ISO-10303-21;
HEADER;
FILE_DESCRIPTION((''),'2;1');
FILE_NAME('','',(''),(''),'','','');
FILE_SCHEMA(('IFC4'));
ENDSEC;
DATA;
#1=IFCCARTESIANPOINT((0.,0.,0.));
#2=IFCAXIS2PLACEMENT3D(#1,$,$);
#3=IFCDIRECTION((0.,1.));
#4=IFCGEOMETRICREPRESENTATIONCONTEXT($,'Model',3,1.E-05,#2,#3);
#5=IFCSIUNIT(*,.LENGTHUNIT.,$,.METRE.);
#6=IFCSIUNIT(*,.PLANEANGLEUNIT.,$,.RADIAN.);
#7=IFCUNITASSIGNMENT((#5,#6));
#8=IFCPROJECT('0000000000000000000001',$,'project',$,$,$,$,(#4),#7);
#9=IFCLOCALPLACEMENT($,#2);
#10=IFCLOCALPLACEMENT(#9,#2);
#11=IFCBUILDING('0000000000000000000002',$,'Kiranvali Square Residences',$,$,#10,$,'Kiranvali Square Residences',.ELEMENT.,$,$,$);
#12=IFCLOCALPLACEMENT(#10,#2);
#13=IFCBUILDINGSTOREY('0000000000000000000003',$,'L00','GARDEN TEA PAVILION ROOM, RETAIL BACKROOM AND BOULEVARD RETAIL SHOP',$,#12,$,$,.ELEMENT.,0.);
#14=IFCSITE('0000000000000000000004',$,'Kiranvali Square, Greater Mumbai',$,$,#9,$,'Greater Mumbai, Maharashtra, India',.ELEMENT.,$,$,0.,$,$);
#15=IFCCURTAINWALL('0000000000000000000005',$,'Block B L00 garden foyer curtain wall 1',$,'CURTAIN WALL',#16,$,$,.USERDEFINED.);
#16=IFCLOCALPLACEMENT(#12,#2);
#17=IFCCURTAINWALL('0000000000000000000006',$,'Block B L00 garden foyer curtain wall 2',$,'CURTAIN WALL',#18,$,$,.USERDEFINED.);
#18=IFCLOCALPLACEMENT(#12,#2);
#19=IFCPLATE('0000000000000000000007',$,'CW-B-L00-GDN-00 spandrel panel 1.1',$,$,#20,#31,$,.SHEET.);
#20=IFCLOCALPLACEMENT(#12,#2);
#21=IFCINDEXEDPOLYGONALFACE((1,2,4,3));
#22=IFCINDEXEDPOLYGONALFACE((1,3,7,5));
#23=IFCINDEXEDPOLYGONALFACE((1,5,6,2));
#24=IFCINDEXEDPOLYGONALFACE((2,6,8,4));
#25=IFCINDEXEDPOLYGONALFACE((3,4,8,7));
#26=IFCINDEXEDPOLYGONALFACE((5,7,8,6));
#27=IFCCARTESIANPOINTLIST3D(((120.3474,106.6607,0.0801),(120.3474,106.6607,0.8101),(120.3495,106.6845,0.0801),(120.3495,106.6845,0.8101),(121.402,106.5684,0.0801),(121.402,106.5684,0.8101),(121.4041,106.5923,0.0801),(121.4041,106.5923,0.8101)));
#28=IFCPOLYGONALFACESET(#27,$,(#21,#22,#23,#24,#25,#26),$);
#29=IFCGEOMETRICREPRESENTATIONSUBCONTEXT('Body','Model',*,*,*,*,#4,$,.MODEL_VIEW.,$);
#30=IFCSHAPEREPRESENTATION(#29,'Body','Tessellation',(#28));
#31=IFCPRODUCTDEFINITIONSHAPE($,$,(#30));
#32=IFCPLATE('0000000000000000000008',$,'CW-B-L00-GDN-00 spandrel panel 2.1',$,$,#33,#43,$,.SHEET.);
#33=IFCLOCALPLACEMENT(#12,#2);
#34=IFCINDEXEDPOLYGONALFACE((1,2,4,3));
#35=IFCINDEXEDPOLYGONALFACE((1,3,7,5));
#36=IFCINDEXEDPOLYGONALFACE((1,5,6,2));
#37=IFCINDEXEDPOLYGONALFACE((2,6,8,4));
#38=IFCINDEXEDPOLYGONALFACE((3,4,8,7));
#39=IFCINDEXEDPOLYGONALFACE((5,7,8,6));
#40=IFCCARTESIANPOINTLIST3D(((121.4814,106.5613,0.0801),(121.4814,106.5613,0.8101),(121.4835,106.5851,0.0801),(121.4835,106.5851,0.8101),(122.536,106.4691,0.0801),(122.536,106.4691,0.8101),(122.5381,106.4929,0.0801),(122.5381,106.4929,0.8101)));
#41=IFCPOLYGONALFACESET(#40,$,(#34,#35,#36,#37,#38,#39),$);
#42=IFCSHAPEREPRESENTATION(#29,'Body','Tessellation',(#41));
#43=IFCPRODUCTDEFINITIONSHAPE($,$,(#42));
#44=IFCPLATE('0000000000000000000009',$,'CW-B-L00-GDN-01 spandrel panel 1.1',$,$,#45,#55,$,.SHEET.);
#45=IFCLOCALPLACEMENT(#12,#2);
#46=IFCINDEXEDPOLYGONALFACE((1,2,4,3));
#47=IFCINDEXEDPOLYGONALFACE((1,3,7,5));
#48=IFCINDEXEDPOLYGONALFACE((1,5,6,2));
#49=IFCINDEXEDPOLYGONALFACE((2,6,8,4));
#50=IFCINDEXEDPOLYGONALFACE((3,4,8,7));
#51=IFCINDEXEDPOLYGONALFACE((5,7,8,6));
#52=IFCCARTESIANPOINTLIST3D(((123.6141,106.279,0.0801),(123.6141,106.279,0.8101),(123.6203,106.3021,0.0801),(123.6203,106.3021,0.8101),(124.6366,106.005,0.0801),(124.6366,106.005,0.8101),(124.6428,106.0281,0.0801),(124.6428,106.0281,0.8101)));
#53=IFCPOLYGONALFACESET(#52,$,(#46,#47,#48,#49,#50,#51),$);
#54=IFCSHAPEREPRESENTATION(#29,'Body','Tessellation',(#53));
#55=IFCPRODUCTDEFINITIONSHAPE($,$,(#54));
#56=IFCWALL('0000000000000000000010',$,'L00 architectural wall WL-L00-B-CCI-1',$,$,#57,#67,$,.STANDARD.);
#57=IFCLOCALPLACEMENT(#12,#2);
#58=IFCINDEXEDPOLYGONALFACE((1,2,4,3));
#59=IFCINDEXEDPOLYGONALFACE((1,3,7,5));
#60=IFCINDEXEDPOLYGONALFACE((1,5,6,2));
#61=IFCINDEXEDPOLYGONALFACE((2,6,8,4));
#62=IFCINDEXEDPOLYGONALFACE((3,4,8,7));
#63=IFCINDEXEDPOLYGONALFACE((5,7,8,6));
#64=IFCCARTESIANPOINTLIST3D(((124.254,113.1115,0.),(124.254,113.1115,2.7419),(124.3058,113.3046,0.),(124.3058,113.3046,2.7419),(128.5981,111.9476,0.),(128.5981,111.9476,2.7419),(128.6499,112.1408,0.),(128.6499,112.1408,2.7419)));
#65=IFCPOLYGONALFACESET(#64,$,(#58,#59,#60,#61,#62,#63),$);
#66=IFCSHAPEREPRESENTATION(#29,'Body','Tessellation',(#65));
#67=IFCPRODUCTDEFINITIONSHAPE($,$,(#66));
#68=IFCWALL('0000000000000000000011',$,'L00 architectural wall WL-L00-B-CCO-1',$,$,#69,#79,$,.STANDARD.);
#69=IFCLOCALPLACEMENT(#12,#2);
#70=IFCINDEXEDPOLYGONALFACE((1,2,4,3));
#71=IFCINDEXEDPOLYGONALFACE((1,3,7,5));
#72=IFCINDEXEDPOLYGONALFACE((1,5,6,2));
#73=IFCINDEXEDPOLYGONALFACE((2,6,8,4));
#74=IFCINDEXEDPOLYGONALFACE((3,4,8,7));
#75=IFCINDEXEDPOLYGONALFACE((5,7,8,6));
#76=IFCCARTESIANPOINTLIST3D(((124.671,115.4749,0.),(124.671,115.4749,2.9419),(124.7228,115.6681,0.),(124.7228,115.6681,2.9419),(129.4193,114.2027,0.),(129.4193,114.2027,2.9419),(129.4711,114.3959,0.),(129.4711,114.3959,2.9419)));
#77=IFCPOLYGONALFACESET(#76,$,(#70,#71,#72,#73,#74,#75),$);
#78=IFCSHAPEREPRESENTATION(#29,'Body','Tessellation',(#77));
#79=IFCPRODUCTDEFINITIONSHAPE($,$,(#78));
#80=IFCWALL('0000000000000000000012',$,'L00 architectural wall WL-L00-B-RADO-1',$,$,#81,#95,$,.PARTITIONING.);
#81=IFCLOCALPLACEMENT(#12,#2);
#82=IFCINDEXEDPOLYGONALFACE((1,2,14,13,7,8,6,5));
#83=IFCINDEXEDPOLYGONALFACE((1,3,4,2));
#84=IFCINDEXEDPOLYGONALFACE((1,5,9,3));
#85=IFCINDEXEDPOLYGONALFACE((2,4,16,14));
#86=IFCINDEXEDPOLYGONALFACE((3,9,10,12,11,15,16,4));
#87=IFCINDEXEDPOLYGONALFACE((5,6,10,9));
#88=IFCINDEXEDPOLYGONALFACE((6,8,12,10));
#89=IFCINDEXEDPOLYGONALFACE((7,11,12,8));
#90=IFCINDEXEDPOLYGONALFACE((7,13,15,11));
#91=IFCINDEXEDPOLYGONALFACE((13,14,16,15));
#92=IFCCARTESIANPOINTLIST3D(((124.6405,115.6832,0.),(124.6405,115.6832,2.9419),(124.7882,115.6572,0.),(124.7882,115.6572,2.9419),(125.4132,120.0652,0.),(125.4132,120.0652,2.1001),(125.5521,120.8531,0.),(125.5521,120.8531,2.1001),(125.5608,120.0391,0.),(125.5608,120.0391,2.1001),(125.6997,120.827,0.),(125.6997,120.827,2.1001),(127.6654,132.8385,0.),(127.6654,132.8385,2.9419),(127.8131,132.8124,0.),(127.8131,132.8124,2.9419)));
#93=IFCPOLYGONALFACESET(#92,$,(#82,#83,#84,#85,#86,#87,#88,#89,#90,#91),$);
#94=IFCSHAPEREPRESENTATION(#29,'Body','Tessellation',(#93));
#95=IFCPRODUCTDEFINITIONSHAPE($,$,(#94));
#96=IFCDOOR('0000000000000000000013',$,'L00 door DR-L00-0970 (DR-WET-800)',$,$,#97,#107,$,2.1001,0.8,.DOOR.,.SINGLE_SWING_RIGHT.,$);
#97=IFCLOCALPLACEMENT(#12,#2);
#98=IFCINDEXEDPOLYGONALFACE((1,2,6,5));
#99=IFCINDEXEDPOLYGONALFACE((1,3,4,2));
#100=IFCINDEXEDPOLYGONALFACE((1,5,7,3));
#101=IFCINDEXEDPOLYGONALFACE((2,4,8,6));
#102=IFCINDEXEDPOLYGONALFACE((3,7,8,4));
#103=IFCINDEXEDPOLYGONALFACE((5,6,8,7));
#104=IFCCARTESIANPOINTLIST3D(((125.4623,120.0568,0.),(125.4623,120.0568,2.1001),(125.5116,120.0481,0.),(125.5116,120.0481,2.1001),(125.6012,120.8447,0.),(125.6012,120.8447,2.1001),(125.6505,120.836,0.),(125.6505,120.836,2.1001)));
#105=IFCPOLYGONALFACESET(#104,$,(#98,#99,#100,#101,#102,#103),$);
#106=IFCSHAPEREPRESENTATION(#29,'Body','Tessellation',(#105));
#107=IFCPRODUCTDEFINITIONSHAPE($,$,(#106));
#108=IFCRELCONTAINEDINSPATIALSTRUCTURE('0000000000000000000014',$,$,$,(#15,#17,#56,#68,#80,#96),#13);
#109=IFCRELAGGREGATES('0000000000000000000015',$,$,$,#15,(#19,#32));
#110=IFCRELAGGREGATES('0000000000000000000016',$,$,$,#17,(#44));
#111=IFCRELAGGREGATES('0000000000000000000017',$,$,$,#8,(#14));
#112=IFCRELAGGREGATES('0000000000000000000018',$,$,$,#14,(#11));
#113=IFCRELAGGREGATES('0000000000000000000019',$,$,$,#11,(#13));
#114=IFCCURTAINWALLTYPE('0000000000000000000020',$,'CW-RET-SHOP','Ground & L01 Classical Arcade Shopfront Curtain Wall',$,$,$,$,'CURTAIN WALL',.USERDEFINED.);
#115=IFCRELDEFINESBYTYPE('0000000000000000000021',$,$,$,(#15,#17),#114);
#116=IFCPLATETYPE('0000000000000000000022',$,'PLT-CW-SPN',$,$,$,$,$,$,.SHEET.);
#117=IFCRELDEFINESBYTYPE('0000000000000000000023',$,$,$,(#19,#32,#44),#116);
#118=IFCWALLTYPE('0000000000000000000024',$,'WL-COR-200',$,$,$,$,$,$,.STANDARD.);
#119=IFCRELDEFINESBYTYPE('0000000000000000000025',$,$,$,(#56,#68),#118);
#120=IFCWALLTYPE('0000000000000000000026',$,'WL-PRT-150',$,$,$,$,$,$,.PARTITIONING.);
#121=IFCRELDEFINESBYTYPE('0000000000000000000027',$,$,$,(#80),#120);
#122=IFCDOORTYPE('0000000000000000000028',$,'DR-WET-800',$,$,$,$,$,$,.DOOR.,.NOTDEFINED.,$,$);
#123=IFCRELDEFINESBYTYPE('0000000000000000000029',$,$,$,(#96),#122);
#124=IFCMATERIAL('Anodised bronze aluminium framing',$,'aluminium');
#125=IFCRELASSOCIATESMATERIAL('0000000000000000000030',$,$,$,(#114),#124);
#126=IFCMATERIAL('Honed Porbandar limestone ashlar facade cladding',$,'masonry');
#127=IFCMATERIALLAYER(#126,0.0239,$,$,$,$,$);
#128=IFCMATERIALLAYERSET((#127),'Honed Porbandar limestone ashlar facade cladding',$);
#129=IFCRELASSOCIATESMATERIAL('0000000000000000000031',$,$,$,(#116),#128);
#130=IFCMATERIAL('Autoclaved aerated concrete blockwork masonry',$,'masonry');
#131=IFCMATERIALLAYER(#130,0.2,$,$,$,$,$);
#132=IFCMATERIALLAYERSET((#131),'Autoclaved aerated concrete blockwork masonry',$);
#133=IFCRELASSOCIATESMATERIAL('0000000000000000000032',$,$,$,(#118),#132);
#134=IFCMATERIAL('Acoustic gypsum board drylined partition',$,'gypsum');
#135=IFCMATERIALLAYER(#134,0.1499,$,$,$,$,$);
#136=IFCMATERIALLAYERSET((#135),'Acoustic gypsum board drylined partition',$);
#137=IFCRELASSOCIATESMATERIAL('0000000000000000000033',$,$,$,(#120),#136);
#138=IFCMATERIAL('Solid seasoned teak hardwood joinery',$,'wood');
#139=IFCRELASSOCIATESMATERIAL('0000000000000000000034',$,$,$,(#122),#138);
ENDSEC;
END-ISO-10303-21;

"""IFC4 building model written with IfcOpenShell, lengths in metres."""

from ifc_helpers import new_model, si_unit, direction, frame, frame_2d, origin, origin_2d, place, context, subcontext, project, spatial, rectangle, extrude, material, layer, layer_set, type_object, element, fill, aggregate, save


model = new_model("IFC4")

# Units and contexts
model_context = context("Model", 3, precision=1e-05, world=origin(), true_north=direction((0.0, 1.0)))
body_context = subcontext(model_context, "Body", "Model", "MODEL_VIEW")
ifc_project = project(units=[si_unit("LENGTHUNIT", "METRE"), si_unit("PLANEANGLEUNIT", "RADIAN")], contexts=[model_context])

# Site, building, storey
site_placement = place(None, origin())
site = spatial("IfcSite", under=ifc_project, at=site_placement, Name="Kiranvali Square, Greater Mumbai", LongName="Greater Mumbai, Maharashtra, India", CompositionType="ELEMENT", RefElevation=0.0)
building_placement = place(site_placement, origin())
building = spatial("IfcBuilding", under=site, at=building_placement, Name="Kiranvali Square Residences", LongName="Kiranvali Square Residences", CompositionType="ELEMENT")
storey_placement = place(building_placement, origin())
storey = spatial("IfcBuildingStorey", under=building, at=storey_placement, Name="L00", Description="GARDEN TEA PAVILION ROOM, RETAIL BACKROOM AND BOULEVARD RETAIL SHOP", CompositionType="ELEMENT", Elevation=0.0)

# Curtain walls
ifc_material_1 = material(Name="Anodised bronze aluminium framing", Category="aluminium")
curtain_wall_type = type_object("IfcCurtainWallType", Name="CW-RET-SHOP", Description="Ground & L01 Classical Arcade Shopfront Curtain Wall", ElementType="CURTAIN WALL", PredefinedType="USERDEFINED", material=ifc_material_1)
curtain_wall_1_placement = place(storey_placement, origin())
curtain_wall_1 = element("IfcCurtainWall", 1, at=curtain_wall_1_placement, inside=storey, type_object=curtain_wall_type, Name="Block B L00 garden foyer curtain wall 1", ObjectType="CURTAIN WALL", PredefinedType="USERDEFINED")
curtain_wall_2_placement = place(storey_placement, origin())
curtain_wall_2 = element("IfcCurtainWall", 2, at=curtain_wall_2_placement, inside=storey, type_object=curtain_wall_type, Name="Block B L00 garden foyer curtain wall 2", ObjectType="CURTAIN WALL", PredefinedType="USERDEFINED")

# Plates
ifc_material_2 = material(Name="Honed Porbandar limestone ashlar facade cladding", Category="masonry")
ifc_layer_1 = layer(ifc_material_2, 0.0239)
ifc_layer_set_1 = layer_set([ifc_layer_1], Name="Honed Porbandar limestone ashlar facade cladding")
plate_type_1 = type_object("IfcPlateType", Name="PLT-CW-SPN", PredefinedType="SHEET", material=ifc_layer_set_1)
plate_1_placement = place(storey_placement, frame((120.8757, 106.6265, 0.0801), z_axis=(0.0, 0.0, 1.0), x_axis=(0.996195, -0.087156, 0.0)))
plate_1 = element("IfcPlate", 3, at=plate_1_placement, type_object=plate_type_1, Name="CW-B-L00-GDN-00 spandrel panel 1.1", PredefinedType="SHEET", context=body_context, shape_type="SweptSolid", body=[
    extrude(rectangle(XDim=1.0586, YDim=0.0239, at=origin_2d()), origin(), (0.0, 0.0, 1.0), 0.73),
])
plate_2_placement = place(storey_placement, frame((122.0098, 106.5271, 0.0801), z_axis=(0.0, 0.0, 1.0), x_axis=(0.996195, -0.087156, 0.0)))
plate_2 = element("IfcPlate", 4, at=plate_2_placement, type_object=plate_type_1, Name="CW-B-L00-GDN-00 spandrel panel 2.1", PredefinedType="SHEET", context=body_context, shape_type="SweptSolid", body=[
    extrude(rectangle(XDim=1.0586, YDim=0.0239, at=origin_2d()), origin(), (0.0, 0.0, 1.0), 0.73),
])
aggregate(curtain_wall_1, [plate_1, plate_2])
plate_3_placement = place(storey_placement, frame((124.1284, 106.1536, 0.0801), z_axis=(0.0, 0.0, 1.0), x_axis=(0.965926, -0.258819, 0.0)))
plate_3 = element("IfcPlate", 5, at=plate_3_placement, type_object=plate_type_1, Name="CW-B-L00-GDN-01 spandrel panel 1.1", PredefinedType="SHEET", context=body_context, shape_type="SweptSolid", body=[
    extrude(rectangle(XDim=1.0586, YDim=0.0239, at=origin_2d()), origin(), (0.0, 0.0, 1.0), 0.73),
])
aggregate(curtain_wall_2, [plate_3])

# Walls
ifc_material_3 = material(Name="Autoclaved aerated concrete blockwork masonry", Category="masonry")
ifc_layer_2 = layer(ifc_material_3, 0.2)
ifc_layer_set_2 = layer_set([ifc_layer_2], Name="Autoclaved aerated concrete blockwork masonry")
wall_type_1 = type_object("IfcWallType", Name="WL-COR-200", PredefinedType="STANDARD", material=ifc_layer_set_2)
wall_1_placement = place(storey_placement, frame((124.28, 113.208, 0.0), z_axis=(0.0, 0.0, 1.0), x_axis=(0.965934, -0.258788, 0.0)))
element("IfcWall", 6, at=wall_1_placement, inside=storey, type_object=wall_type_1, Name="L00 architectural wall WL-L00-B-CCI-1", PredefinedType="STANDARD", context=body_context, shape_type="SweptSolid", body=[
    extrude(rectangle(XDim=4.4973, YDim=0.2, at=frame_2d((2.2485, 0.0))), origin(), (0.0, 0.0, 1.0), 2.7419),
])
wall_2_placement = place(storey_placement, frame((124.6968, 115.5715, 0.0), z_axis=(0.0, 0.0, 1.0), x_axis=(0.96593, -0.258803, 0.0)))
element("IfcWall", 7, at=wall_2_placement, inside=storey, type_object=wall_type_1, Name="L00 architectural wall WL-L00-B-CCO-1", PredefinedType="STANDARD", context=body_context, shape_type="SweptSolid", body=[
    extrude(rectangle(XDim=4.9158, YDim=0.2, at=frame_2d((2.458, 0.0))), origin(), (0.0, 0.0, 1.0), 2.9419),
])

# Wall, opening, door
ifc_material_4 = material(Name="Acoustic gypsum board drylined partition", Category="gypsum")
ifc_layer_3 = layer(ifc_material_4, 0.1499)
ifc_layer_set_3 = layer_set([ifc_layer_3], Name="Acoustic gypsum board drylined partition")
wall_type_2 = type_object("IfcWallType", Name="WL-PRT-150", PredefinedType="PARTITIONING", material=ifc_layer_set_3)
wall_3_placement = place(storey_placement, frame((124.7144, 115.6702, 0.0), z_axis=(0.0, 0.0, 1.0), x_axis=(0.173646, 0.984808, 0.0)))
wall_3 = element("IfcWall", 8, at=wall_3_placement, inside=storey, type_object=wall_type_2, Name="L00 architectural wall WL-L00-B-RADO-1", PredefinedType="PARTITIONING", context=body_context, shape_type="SweptSolid", body=[
    extrude(rectangle(XDim=17.4199, YDim=0.1499, at=frame_2d((8.71, 0.0))), origin(), (0.0, 0.0, 1.0), 2.9419),
])
opening_placement = place(wall_3_placement, frame((4.4497, 0.0, 0.0)))
opening = element("IfcOpeningElement", 9, at=opening_placement, cuts=wall_3, PredefinedType="OPENING", context=body_context, shape_type="SweptSolid", body=[
    extrude(rectangle(XDim=0.8, YDim=2.1001, at=frame_2d((0.3999, 1.05))), frame((0.0, 0.085, 0.0), z_axis=(0.0, -1.0, 0.0), x_axis=(1.0, 0.0, 0.0)), (0.0, 0.0, 1.0), 0.1699),
])
ifc_material_5 = material(Name="Solid seasoned teak hardwood joinery", Category="wood")
door_type = type_object("IfcDoorType", Name="DR-WET-800", OperationType="NOTDEFINED", PredefinedType="DOOR", material=ifc_material_5)
door_placement = place(opening_placement, frame((0.8, 0.0, 0.0), z_axis=(0.0, 0.0, 1.0), x_axis=(-1.0, 0.0, 0.0)))
door = element("IfcDoor", 10, at=door_placement, inside=storey, type_object=door_type, Name="L00 door DR-L00-0970 (DR-WET-800)", OperationType="SINGLE_SWING_RIGHT", OverallHeight=2.1001, OverallWidth=0.8, PredefinedType="DOOR", context=body_context, shape_type="SweptSolid", body=[
    extrude(rectangle(XDim=0.8, YDim=2.1001, at=frame_2d((0.3999, 1.05))), frame((0.0, 0.0249, 0.0), z_axis=(0.0, -1.0, 0.0), x_axis=(1.0, 0.0, 0.0)), (0.0, 0.0, 1.0), 0.05),
])
fill(opening, door)

save(model, "model.ifc")
